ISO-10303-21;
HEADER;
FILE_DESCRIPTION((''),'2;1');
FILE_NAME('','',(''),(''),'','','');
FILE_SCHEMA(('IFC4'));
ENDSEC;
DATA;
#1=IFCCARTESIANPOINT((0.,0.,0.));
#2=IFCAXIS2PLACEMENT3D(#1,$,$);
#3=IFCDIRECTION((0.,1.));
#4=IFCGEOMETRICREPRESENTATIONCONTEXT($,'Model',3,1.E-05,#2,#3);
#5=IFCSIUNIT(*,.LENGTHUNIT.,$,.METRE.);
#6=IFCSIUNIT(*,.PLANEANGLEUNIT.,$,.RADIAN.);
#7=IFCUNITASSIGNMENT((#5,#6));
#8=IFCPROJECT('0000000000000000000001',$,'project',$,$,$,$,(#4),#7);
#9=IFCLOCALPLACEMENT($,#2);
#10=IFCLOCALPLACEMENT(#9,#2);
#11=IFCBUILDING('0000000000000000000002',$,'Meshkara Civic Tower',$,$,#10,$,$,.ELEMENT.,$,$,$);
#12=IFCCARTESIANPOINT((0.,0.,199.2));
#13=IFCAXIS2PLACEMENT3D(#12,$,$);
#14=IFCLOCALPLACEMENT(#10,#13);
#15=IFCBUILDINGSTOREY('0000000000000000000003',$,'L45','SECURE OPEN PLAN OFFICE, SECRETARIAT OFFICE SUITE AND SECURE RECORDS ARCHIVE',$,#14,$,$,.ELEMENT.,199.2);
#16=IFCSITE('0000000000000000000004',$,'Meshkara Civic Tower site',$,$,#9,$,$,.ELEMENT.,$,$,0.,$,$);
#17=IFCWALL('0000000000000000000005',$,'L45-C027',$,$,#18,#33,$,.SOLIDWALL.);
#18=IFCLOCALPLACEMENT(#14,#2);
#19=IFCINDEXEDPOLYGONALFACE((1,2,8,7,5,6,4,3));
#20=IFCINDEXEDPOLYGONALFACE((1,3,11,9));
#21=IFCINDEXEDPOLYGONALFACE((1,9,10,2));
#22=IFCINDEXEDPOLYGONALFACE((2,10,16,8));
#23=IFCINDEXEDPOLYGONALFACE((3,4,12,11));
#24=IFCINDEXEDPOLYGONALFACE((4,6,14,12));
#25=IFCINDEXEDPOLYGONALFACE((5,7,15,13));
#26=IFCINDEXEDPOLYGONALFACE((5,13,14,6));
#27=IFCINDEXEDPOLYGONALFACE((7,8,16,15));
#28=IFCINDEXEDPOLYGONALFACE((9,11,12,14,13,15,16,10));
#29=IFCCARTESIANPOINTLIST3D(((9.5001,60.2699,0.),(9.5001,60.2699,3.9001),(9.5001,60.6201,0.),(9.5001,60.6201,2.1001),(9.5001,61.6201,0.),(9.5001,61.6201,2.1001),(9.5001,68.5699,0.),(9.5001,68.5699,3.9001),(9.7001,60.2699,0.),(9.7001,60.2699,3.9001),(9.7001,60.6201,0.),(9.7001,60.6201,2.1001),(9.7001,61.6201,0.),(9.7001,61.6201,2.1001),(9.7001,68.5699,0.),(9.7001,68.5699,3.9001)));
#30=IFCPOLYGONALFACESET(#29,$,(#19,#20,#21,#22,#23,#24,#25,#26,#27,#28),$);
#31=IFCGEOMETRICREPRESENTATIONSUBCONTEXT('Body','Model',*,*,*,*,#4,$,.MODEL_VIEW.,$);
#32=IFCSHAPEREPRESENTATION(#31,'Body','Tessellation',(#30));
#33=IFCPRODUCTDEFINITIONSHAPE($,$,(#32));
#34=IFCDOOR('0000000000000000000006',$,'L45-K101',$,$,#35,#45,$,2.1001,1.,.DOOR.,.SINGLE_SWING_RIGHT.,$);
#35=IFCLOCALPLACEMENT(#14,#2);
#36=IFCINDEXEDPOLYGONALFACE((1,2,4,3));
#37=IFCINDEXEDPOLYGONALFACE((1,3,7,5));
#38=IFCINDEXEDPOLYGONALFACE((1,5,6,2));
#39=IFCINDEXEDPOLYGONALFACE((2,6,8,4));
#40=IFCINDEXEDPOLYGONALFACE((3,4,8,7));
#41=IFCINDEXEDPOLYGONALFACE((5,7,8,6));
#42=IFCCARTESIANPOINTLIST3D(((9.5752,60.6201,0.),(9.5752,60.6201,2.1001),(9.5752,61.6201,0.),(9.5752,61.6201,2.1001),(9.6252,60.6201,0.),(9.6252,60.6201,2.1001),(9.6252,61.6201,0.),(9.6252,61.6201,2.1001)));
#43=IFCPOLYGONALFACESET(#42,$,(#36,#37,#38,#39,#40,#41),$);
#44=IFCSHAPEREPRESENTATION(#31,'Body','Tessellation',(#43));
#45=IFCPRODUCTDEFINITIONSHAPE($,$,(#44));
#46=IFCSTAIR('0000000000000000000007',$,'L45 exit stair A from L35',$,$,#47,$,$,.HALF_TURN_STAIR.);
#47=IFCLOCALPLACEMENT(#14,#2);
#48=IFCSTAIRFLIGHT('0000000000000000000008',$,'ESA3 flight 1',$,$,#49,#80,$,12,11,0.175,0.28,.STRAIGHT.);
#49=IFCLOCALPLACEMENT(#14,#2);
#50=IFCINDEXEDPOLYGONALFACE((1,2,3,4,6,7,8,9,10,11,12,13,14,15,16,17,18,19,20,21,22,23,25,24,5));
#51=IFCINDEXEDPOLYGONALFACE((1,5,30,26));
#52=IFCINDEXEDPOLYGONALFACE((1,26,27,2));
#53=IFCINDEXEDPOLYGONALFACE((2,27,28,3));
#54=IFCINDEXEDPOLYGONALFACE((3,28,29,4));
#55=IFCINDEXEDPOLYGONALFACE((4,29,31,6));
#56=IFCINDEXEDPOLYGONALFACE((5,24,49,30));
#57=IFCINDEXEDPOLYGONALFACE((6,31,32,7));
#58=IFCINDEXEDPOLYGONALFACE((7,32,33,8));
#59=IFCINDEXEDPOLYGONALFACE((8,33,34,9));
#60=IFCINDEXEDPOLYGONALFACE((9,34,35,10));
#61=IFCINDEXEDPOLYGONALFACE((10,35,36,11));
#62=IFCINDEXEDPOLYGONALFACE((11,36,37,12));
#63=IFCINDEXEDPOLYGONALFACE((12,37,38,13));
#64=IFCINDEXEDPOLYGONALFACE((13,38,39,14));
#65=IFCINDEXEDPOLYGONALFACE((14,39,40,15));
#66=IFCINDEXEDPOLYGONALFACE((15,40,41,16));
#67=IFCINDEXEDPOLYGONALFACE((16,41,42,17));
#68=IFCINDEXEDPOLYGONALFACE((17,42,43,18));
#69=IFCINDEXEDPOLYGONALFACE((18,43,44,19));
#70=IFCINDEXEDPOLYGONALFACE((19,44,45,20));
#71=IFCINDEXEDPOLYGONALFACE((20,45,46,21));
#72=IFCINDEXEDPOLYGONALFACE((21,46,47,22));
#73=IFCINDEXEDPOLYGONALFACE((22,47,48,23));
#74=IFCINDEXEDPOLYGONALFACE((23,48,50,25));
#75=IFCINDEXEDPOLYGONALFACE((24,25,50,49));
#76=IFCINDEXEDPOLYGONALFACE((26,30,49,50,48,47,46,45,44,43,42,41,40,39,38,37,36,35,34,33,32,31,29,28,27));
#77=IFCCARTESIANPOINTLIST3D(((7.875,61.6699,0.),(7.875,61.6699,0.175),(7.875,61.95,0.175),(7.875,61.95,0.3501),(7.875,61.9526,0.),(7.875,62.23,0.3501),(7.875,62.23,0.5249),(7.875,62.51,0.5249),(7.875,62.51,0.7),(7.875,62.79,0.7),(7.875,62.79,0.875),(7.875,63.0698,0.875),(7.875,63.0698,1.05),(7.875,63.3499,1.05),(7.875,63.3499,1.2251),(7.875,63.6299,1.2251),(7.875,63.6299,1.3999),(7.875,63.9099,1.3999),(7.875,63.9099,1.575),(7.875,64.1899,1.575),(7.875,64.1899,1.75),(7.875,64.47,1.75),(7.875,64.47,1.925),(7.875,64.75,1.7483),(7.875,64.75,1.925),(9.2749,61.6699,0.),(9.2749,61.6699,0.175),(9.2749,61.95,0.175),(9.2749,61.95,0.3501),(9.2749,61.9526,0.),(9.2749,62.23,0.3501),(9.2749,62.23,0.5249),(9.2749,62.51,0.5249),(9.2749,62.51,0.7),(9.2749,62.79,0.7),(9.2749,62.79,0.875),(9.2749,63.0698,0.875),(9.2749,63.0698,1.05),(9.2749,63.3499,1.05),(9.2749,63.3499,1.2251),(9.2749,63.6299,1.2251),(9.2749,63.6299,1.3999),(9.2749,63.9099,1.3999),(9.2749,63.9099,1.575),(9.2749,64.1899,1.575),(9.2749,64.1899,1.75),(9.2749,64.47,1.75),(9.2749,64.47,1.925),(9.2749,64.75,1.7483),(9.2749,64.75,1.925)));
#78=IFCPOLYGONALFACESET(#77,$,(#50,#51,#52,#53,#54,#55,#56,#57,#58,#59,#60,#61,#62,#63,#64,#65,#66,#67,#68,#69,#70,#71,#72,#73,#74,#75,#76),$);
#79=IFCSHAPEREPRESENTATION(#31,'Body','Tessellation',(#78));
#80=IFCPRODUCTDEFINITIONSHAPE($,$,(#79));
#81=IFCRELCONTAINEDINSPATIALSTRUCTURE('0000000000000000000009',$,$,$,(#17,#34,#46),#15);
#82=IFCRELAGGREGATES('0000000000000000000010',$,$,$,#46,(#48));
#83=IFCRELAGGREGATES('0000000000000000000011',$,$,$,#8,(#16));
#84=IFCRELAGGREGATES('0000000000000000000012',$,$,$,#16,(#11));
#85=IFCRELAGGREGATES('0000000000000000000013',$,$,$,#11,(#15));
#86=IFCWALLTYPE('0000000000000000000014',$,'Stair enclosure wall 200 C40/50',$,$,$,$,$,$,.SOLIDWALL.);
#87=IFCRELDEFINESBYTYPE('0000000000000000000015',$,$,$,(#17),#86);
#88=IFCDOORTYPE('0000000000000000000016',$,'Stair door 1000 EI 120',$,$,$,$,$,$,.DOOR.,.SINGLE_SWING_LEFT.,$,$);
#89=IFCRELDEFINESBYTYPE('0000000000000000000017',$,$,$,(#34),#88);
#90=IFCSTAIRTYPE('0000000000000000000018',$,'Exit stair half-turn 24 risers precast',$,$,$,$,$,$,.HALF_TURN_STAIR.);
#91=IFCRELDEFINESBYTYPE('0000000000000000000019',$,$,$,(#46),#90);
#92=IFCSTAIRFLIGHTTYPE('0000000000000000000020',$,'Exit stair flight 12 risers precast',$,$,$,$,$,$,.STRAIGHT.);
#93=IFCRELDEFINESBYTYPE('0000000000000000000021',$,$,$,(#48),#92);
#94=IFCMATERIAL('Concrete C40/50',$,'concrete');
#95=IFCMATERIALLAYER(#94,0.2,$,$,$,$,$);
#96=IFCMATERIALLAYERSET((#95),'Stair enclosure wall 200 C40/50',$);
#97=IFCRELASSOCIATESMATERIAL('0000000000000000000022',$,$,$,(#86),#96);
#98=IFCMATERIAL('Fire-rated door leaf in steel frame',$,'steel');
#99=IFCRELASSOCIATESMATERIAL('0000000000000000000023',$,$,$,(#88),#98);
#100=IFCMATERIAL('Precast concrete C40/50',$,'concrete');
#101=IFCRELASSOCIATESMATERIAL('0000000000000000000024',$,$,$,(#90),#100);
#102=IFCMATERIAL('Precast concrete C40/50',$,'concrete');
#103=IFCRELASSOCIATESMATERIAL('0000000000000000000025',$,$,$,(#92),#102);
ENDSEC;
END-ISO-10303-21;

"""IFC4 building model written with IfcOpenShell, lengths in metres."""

from ifc_helpers import new_model, si_unit, direction, frame, frame_2d, origin, place, context, subcontext, project, spatial, polyline, rectangle, outline, extrude, material, layer, layer_set, type_object, element, fill, aggregate, save


model = new_model("IFC4")

# Units and contexts
model_context = context("Model", 3, precision=1e-05, world=origin(), true_north=direction((0.0, 1.0)))
body_context = subcontext(model_context, "Body", "Model", "MODEL_VIEW")
ifc_project = project(units=[si_unit("LENGTHUNIT", "METRE"), si_unit("PLANEANGLEUNIT", "RADIAN")], contexts=[model_context])

# Site, building, storey
site_placement = place(None, origin())
site = spatial("IfcSite", under=ifc_project, at=site_placement, Name="Meshkara Civic Tower site", CompositionType="ELEMENT", RefElevation=0.0)
building_placement = place(site_placement, origin())
building = spatial("IfcBuilding", under=site, at=building_placement, Name="Meshkara Civic Tower", CompositionType="ELEMENT")
storey_placement = place(building_placement, frame((0.0, 0.0, 199.2)))
storey = spatial("IfcBuildingStorey", under=building, at=storey_placement, Name="L45", Description="SECURE OPEN PLAN OFFICE, SECRETARIAT OFFICE SUITE AND SECURE RECORDS ARCHIVE", CompositionType="ELEMENT", Elevation=199.2)

# Wall, opening, door
ifc_material_1 = material(Name="Concrete C40/50", Category="concrete")
ifc_layer_1 = layer(ifc_material_1, 0.2)
ifc_layer_set_1 = layer_set([ifc_layer_1], Name="Stair enclosure wall 200 C40/50")
wall_type_1 = type_object("IfcWallType", Name="Stair enclosure wall 200 C40/50", PredefinedType="SOLIDWALL", material=ifc_layer_set_1)
wall_1_placement = place(storey_placement, frame((9.6001, 60.27, 0.0), z_axis=(0.0, 0.0, 1.0), x_axis=(0.0, 1.0, 0.0)))
wall_1 = element("IfcWall", 1, at=wall_1_placement, inside=storey, type_object=wall_type_1, Name="L45-C027", PredefinedType="SOLIDWALL", context=body_context, shape_type="SweptSolid", body=[
    extrude(rectangle(XDim=8.3, YDim=0.2, at=frame_2d((4.1499, 0.0))), origin(), (0.0, 0.0, 1.0), 3.9001),
])
opening_1_placement = place(wall_1_placement, frame((0.3501, 0.0, 0.0)))
opening_1 = element("IfcOpeningElement", 2, at=opening_1_placement, cuts=wall_1, PredefinedType="OPENING", context=body_context, shape_type="SweptSolid", body=[
    extrude(rectangle(XDim=1.0, YDim=2.1001, at=frame_2d((0.5, 1.05))), frame((0.0, 0.1099, 0.0), z_axis=(0.0, -1.0, 0.0), x_axis=(1.0, 0.0, 0.0)), (0.0, 0.0, 1.0), 0.22),
])
ifc_material_2 = material(Name="Fire-rated door leaf in steel frame", Category="steel")
door_type_1 = type_object("IfcDoorType", Name="Stair door 1000 EI 120", OperationType="SINGLE_SWING_LEFT", PredefinedType="DOOR", material=ifc_material_2)
door_1_placement = place(opening_1_placement, origin())
door_1 = element("IfcDoor", 3, at=door_1_placement, inside=storey, type_object=door_type_1, Name="L45-K101", OperationType="SINGLE_SWING_RIGHT", OverallHeight=2.1001, OverallWidth=1.0, PredefinedType="DOOR", context=body_context, shape_type="SweptSolid", body=[
    extrude(rectangle(XDim=1.0, YDim=2.1001, at=frame_2d((0.5, 1.05))), frame((0.0, 0.0249, 0.0), z_axis=(0.0, -1.0, 0.0), x_axis=(1.0, 0.0, 0.0)), (0.0, 0.0, 1.0), 0.05),
])
fill(opening_1, door_1)

# Stair, stair flight
ifc_material_3 = material(Name="Precast concrete C40/50", Category="concrete")
stair_type = type_object("IfcStairType", Name="Exit stair half-turn 24 risers precast", PredefinedType="HALF_TURN_STAIR", material=ifc_material_3)
stair_placement = place(storey_placement, origin())
stair = element("IfcStair", 4, at=stair_placement, inside=storey, type_object=stair_type, Name="L45 exit stair A from L35", PredefinedType="HALF_TURN_STAIR")
ifc_material_4 = material(Name="Precast concrete C40/50", Category="concrete")
stair_flight_type = type_object("IfcStairFlightType", Name="Exit stair flight 12 risers precast", PredefinedType="STRAIGHT", material=ifc_material_4)
stair_flight_placement = place(storey_placement, frame((8.575, 61.6699, 0.0), z_axis=(0.0, 0.0, 1.0), x_axis=(0.0, 1.0, 0.0)))
stair_flight = element("IfcStairFlight", 5, at=stair_flight_placement, type_object=stair_flight_type, Name="ESA3 flight 1", NumberOfRisers=12, NumberOfTreads=11, PredefinedType="STRAIGHT", RiserHeight=0.175, TreadLength=0.28, context=body_context, shape_type="SweptSolid", body=[
    extrude(outline(polyline([(0.0, 0.0), (0.0, 0.175), (0.28, 0.175), (0.28, 0.3501), (0.5601, 0.3501), (0.5601, 0.5249), (0.8401, 0.5249), (0.8401, 0.7), (1.1201, 0.7), (1.1201, 0.875), (1.3999, 0.875), (1.3999, 1.05), (1.6799, 1.05), (1.6799, 1.2251), (1.96, 1.2251), (1.96, 1.3999), (2.24, 1.3999), (2.24, 1.575), (2.52, 1.575), (2.52, 1.75), (2.8, 1.75), (2.8, 1.925), (3.0801, 1.925), (3.0801, 2.1001), (3.0801, 1.7483), (0.2827, 0.0), (0.0, 0.0)])), frame((0.0, 0.7, 0.0), z_axis=(0.0, -1.0, 0.0), x_axis=(1.0, 0.0, 0.0)), (0.0, 0.0, 1.0), 1.3999),
])
aggregate(stair, [stair_flight])

save(model, "model.ifc")
